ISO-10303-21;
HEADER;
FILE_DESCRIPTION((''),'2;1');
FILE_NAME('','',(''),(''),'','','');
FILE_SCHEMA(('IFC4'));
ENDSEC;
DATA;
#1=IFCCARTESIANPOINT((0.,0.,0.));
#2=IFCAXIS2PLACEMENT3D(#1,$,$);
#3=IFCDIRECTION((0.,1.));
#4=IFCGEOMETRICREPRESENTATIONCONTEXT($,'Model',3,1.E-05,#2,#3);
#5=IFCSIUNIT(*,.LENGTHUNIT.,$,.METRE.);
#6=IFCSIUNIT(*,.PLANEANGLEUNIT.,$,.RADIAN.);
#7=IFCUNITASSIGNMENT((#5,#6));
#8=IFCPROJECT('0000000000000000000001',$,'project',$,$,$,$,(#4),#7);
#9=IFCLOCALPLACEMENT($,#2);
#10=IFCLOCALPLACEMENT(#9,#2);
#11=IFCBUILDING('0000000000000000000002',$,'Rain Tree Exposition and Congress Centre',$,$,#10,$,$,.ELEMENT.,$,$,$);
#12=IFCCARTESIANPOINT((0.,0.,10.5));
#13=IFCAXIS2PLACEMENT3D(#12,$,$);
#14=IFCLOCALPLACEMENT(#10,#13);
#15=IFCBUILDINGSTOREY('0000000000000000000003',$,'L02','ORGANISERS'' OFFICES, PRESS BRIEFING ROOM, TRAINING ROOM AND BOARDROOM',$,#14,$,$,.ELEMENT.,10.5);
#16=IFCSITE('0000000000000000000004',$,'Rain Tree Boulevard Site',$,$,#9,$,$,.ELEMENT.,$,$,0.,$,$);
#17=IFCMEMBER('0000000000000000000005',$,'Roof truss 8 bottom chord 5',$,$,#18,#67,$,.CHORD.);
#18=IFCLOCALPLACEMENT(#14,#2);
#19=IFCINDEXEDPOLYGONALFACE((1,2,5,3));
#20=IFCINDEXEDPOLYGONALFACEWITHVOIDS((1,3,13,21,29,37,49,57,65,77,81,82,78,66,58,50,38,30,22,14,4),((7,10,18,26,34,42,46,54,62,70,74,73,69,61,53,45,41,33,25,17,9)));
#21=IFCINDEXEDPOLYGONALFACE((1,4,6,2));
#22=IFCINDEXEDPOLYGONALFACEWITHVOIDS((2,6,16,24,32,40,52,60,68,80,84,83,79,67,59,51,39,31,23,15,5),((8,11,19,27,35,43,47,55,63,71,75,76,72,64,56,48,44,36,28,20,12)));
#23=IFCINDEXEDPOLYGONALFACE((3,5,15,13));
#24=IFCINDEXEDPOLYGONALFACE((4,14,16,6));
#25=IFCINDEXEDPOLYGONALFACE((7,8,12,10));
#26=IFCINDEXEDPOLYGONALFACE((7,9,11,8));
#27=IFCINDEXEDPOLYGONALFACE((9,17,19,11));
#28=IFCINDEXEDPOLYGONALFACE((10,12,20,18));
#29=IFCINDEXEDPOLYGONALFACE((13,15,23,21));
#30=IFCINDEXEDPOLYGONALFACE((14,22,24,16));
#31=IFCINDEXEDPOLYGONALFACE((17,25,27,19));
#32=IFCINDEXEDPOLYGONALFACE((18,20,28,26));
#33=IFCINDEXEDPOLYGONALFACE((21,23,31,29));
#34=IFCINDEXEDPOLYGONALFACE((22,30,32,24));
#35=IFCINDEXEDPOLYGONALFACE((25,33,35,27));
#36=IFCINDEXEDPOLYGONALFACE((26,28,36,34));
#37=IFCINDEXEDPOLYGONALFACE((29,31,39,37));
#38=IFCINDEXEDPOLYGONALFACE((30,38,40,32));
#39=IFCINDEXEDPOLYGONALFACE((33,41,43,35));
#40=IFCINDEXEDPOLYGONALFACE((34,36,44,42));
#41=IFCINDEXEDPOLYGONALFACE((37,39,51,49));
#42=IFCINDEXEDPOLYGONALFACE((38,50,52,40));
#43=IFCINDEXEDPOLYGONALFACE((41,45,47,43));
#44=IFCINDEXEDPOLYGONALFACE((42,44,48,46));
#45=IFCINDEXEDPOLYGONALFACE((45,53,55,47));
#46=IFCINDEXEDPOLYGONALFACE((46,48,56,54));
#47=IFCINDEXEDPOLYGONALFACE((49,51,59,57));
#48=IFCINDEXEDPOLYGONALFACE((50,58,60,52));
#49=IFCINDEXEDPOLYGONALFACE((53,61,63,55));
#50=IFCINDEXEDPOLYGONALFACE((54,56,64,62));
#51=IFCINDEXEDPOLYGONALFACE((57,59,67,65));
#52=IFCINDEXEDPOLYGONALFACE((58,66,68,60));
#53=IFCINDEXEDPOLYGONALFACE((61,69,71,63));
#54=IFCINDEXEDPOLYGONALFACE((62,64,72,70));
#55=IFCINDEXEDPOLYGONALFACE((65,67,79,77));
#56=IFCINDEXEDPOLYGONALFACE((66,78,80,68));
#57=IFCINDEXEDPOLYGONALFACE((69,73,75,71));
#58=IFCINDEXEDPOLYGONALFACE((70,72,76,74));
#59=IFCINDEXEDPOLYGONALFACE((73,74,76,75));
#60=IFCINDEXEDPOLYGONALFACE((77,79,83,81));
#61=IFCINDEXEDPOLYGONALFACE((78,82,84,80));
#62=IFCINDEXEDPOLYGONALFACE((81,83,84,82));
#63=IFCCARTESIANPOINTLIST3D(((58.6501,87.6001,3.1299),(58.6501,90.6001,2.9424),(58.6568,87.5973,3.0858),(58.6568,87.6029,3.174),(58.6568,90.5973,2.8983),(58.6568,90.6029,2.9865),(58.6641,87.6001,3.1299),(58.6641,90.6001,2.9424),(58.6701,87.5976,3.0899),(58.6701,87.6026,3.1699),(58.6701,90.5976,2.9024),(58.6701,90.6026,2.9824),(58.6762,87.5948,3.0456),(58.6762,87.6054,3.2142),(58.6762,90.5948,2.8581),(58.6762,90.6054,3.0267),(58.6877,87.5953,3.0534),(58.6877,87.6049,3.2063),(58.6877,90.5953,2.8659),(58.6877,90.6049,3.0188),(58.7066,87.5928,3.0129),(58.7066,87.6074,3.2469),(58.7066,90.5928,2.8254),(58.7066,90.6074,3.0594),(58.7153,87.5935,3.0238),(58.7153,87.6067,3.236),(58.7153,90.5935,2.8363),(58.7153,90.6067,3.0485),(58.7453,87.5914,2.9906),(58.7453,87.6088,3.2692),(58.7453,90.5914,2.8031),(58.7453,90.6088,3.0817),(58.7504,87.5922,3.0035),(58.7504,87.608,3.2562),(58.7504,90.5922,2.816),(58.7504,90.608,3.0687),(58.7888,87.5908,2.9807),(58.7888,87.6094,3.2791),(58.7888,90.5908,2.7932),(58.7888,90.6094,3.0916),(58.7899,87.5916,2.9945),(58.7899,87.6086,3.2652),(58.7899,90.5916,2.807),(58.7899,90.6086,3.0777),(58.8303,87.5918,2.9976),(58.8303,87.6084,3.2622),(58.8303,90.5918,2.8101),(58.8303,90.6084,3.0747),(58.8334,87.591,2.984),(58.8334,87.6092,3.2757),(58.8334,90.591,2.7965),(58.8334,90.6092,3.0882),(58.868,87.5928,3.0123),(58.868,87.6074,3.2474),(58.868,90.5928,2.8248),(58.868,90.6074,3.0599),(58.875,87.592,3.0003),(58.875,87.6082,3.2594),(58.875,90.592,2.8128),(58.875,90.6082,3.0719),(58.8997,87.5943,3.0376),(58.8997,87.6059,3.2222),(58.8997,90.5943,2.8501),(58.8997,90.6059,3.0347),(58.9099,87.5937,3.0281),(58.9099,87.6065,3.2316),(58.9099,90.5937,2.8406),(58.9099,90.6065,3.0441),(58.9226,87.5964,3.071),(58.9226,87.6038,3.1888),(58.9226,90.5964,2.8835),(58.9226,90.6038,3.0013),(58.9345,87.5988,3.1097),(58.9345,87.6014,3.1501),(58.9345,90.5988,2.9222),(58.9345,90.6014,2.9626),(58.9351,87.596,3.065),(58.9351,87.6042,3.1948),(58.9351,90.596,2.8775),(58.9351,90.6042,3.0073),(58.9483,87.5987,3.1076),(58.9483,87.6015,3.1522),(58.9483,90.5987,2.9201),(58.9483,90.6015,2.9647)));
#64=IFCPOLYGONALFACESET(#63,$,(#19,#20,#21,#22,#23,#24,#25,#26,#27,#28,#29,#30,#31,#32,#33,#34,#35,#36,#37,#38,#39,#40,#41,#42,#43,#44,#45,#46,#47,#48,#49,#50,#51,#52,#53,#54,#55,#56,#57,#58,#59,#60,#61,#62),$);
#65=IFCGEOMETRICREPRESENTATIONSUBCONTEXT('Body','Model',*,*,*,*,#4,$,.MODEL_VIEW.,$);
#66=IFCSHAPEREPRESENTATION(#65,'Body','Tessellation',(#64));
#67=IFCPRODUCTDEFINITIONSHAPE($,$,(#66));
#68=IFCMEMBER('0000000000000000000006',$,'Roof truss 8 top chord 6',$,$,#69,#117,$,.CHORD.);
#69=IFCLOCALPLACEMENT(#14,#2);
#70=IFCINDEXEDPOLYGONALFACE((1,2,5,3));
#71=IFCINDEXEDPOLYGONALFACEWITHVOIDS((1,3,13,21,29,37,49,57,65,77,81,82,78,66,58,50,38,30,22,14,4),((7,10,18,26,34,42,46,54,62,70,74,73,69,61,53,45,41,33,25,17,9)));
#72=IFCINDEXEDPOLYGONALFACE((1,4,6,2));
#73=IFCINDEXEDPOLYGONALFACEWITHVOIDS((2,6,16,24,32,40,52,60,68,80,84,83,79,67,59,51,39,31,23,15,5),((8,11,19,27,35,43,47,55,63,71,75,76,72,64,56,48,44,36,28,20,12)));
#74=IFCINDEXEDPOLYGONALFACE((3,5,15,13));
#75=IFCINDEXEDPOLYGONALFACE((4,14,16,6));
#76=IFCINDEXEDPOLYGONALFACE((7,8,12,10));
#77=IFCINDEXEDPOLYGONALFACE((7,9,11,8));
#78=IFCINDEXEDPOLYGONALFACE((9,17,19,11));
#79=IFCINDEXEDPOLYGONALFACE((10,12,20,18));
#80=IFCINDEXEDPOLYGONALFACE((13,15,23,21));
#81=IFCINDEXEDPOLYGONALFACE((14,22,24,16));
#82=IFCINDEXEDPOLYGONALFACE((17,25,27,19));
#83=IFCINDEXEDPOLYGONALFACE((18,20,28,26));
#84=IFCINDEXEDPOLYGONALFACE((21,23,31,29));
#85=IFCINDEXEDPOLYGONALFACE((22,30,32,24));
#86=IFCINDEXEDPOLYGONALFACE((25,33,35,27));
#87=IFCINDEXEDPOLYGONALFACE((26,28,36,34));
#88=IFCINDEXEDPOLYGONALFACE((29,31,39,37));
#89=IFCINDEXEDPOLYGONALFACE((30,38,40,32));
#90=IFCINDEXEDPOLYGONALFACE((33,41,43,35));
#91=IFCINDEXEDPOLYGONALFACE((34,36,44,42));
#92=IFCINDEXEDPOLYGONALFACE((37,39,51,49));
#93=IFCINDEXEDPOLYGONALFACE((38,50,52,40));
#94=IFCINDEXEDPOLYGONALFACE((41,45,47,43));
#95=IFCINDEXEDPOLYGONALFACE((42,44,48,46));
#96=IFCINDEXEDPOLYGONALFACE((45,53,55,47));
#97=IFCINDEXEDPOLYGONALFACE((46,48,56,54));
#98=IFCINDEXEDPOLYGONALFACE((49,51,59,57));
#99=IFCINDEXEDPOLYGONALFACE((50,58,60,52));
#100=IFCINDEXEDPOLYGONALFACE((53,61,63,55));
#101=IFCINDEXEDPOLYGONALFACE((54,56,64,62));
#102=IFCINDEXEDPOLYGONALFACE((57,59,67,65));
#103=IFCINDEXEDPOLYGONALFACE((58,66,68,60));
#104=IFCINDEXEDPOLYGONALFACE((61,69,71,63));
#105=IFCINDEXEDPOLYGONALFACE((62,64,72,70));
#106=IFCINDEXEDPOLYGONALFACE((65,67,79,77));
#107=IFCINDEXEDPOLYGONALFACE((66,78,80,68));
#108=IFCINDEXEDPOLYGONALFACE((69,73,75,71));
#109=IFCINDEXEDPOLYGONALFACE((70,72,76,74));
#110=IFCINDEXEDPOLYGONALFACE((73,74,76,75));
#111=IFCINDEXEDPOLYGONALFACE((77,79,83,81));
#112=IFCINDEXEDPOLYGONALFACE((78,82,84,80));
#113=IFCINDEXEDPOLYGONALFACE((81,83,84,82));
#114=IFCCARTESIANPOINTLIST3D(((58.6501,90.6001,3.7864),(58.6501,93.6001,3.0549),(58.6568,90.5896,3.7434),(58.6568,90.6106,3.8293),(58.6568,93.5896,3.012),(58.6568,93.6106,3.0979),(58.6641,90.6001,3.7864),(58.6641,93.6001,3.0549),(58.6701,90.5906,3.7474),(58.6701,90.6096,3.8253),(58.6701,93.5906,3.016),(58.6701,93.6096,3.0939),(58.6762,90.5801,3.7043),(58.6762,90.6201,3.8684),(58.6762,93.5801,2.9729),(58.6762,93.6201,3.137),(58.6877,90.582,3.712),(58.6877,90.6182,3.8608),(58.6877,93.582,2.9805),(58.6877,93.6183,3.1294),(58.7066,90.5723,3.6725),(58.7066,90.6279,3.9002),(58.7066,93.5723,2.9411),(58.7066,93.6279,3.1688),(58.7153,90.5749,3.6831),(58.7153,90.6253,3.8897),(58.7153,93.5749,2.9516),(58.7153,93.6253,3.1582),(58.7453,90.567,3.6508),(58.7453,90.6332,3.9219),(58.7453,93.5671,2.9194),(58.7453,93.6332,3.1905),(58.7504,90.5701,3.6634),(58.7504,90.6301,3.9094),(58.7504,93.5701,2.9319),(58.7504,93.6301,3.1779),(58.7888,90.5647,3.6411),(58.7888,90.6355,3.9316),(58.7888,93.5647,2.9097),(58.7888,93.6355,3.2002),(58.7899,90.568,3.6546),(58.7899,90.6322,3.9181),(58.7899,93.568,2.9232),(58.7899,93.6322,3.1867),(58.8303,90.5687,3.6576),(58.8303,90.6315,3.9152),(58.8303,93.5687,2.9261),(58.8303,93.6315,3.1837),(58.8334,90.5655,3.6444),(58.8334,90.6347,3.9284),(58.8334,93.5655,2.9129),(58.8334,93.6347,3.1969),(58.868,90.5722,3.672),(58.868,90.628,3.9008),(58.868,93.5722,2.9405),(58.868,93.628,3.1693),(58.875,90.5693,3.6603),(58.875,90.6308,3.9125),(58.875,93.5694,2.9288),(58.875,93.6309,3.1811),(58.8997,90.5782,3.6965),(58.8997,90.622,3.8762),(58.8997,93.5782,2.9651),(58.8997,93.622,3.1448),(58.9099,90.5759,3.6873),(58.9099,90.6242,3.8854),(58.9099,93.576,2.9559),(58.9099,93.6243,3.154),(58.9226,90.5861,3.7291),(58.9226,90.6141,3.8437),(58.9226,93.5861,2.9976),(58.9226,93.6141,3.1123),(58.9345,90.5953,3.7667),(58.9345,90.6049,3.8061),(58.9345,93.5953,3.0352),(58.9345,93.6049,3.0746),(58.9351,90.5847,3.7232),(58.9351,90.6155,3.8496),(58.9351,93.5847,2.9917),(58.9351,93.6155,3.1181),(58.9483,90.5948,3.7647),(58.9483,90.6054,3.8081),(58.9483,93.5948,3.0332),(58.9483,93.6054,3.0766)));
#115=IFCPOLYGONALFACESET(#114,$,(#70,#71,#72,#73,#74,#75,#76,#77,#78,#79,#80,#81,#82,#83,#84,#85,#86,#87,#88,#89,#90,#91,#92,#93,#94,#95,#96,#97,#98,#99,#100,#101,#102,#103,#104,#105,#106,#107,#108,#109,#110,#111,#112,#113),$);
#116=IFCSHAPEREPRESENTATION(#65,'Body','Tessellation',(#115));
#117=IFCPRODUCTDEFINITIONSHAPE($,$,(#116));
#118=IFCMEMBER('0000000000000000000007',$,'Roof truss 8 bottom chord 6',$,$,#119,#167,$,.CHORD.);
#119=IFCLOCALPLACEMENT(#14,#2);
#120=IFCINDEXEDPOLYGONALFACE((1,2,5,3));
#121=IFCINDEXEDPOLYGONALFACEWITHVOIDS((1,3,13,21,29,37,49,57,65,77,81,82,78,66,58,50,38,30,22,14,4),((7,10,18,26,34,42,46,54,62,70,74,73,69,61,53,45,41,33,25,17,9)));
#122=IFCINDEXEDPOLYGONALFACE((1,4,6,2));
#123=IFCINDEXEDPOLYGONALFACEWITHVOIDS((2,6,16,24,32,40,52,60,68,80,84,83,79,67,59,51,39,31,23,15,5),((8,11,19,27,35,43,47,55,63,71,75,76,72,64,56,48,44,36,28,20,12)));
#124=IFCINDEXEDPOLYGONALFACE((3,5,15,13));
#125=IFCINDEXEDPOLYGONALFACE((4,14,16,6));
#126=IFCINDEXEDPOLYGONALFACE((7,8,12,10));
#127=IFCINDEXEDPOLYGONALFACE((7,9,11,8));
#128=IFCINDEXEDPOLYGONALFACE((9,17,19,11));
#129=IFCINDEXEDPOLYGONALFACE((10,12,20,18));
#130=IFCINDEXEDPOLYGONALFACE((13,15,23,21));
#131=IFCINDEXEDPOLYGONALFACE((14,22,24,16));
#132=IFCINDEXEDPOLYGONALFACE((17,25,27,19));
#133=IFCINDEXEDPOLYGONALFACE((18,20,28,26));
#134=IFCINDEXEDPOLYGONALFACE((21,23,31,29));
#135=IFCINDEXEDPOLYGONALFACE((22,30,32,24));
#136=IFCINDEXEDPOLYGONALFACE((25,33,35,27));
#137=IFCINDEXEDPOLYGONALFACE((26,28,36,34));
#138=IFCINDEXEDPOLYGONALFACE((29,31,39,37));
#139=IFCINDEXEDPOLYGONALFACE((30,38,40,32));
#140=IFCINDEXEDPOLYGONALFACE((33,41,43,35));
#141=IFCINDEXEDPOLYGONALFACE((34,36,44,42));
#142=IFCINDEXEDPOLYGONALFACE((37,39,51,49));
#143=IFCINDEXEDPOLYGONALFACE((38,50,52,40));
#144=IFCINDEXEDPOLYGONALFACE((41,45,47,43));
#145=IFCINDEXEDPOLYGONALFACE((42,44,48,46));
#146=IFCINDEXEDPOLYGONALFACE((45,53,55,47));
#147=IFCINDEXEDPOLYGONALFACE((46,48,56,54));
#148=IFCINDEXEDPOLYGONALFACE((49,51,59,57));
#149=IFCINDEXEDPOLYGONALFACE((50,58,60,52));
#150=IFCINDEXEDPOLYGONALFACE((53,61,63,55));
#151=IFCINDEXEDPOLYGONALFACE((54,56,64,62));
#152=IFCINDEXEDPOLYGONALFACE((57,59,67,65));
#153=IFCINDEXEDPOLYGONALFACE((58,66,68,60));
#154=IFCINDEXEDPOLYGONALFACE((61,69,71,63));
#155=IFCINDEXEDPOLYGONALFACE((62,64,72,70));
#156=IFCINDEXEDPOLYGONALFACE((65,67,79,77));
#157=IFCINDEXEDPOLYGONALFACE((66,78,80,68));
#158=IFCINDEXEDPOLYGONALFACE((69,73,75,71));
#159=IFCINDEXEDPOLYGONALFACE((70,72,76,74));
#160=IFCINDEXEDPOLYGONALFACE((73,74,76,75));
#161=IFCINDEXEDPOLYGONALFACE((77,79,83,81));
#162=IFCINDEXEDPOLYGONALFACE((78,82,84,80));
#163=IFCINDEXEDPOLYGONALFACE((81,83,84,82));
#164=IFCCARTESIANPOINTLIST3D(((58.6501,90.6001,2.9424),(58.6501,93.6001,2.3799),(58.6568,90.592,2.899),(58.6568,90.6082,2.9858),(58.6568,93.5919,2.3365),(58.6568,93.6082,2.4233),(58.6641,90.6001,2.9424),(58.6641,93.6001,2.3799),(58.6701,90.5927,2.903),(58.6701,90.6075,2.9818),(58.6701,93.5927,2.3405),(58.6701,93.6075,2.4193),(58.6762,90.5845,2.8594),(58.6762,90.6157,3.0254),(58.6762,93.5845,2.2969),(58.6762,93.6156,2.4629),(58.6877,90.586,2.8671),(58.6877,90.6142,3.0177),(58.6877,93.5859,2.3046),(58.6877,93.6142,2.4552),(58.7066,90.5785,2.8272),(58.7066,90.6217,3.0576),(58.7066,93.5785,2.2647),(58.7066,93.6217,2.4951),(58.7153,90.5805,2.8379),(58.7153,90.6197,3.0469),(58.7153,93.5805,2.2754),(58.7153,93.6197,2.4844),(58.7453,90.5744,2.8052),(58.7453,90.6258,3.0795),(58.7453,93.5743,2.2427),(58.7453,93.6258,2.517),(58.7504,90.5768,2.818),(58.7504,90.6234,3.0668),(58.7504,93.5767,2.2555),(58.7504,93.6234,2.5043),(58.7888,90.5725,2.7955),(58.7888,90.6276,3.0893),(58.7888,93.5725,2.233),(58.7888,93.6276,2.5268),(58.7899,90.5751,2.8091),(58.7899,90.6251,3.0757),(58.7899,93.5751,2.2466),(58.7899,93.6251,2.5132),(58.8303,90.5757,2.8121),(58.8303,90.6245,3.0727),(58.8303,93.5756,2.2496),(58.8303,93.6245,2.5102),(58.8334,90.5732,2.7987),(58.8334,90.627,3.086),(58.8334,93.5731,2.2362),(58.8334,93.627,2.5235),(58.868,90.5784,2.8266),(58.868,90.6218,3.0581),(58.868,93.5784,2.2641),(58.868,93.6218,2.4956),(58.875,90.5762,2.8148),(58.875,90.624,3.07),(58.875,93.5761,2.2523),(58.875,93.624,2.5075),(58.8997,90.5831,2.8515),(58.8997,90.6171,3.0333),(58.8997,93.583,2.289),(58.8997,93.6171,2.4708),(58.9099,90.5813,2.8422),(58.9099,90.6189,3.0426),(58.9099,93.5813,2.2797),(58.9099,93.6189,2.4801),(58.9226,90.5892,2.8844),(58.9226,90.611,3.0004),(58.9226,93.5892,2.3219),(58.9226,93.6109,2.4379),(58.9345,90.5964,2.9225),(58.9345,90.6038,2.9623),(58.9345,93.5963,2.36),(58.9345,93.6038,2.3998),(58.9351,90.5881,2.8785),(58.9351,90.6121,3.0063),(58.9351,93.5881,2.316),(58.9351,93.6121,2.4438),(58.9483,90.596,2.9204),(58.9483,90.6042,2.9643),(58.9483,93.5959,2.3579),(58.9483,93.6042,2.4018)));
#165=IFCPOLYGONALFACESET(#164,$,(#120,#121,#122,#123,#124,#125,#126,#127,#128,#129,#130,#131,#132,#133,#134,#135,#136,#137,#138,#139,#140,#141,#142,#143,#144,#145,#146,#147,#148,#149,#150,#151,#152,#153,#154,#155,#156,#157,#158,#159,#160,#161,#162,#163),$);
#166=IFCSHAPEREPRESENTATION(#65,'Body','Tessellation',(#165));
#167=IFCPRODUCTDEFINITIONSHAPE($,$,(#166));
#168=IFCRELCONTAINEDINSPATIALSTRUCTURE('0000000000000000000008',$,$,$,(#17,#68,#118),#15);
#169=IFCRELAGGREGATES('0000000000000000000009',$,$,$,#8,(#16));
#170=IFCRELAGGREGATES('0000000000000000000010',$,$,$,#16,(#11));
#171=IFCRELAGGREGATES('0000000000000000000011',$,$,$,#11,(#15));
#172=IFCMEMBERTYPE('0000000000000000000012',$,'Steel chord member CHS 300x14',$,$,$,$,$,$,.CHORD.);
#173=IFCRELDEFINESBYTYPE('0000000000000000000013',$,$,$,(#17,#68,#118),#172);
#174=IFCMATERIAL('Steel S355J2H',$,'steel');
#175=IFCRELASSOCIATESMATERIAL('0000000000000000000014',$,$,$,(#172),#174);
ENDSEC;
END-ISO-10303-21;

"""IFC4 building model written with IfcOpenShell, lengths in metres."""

from ifc_helpers import new_model, si_unit, direction, frame, origin, origin_2d, place, context, subcontext, project, spatial, hollow_circle, extrude, material, material_profile, profile_set, type_object, element, save


model = new_model("IFC4")

# Units and contexts
model_context = context("Model", 3, precision=1e-05, world=origin(), true_north=direction((0.0, 1.0)))
body_context = subcontext(model_context, "Body", "Model", "MODEL_VIEW")
ifc_project = project(units=[si_unit("LENGTHUNIT", "METRE"), si_unit("PLANEANGLEUNIT", "RADIAN")], contexts=[model_context])

# Site, building, storey
site_placement = place(None, origin())
site = spatial("IfcSite", under=ifc_project, at=site_placement, Name="Rain Tree Boulevard Site", CompositionType="ELEMENT", RefElevation=0.0)
building_placement = place(site_placement, origin())
building = spatial("IfcBuilding", under=site, at=building_placement, Name="Rain Tree Exposition and Congress Centre", CompositionType="ELEMENT")
storey_placement = place(building_placement, frame((0.0, 0.0, 10.5)))
storey = spatial("IfcBuildingStorey", under=building, at=storey_placement, Name="L02", Description="ORGANISERS' OFFICES, PRESS BRIEFING ROOM, TRAINING ROOM AND BOARDROOM", CompositionType="ELEMENT", Elevation=10.5)

# Members
ifc_material_1 = material(Name="Steel S355J2H", Category="steel")
ifc_material_profile_1 = material_profile(ifc_material_1, hollow_circle(Radius=0.1499, WallThickness=0.0139, at=origin_2d()), Name="CHS 300x14")
ifc_profile_set_1 = profile_set([ifc_material_profile_1], Name="Steel S355J2H")
member_type_1 = type_object("IfcMemberType", Name="Steel chord member CHS 300x14", PredefinedType="CHORD", material=ifc_profile_set_1)
member_1_placement = place(storey_placement, frame((58.8, 87.6001, 3.1299), z_axis=(0.0, 0.998053, -0.062378), x_axis=(-1.0, 0.0, 0.0)))
element("IfcMember", 1, at=member_1_placement, inside=storey, type_object=member_type_1, Name="Roof truss 8 bottom chord 5", PredefinedType="CHORD", context=body_context, shape_type="SweptSolid", body=[
    extrude(hollow_circle(Radius=0.1499, WallThickness=0.0139, at=origin_2d()), origin(), (0.0, 0.0, 1.0), 3.0059),
])
member_2_placement = place(storey_placement, frame((58.8, 90.6001, 3.7864), z_axis=(0.0, 0.97154, -0.236876), x_axis=(-1.0, 0.0, 0.0)))
element("IfcMember", 2, at=member_2_placement, inside=storey, type_object=member_type_1, Name="Roof truss 8 top chord 6", PredefinedType="CHORD", context=body_context, shape_type="SweptSolid", body=[
    extrude(hollow_circle(Radius=0.1499, WallThickness=0.0139, at=origin_2d()), origin(), (0.0, 0.0, 1.0), 3.0879),
])
member_3_placement = place(storey_placement, frame((58.8, 90.6001, 2.9424), z_axis=(0.0, 0.982872, -0.184289), x_axis=(-1.0, 0.0, 0.0)))
element("IfcMember", 3, at=member_3_placement, inside=storey, type_object=member_type_1, Name="Roof truss 8 bottom chord 6", PredefinedType="CHORD", context=body_context, shape_type="SweptSolid", body=[
    extrude(hollow_circle(Radius=0.1499, WallThickness=0.0139, at=origin_2d()), origin(), (0.0, 0.0, 1.0), 3.0522),
])

save(model, "model.ifc")
